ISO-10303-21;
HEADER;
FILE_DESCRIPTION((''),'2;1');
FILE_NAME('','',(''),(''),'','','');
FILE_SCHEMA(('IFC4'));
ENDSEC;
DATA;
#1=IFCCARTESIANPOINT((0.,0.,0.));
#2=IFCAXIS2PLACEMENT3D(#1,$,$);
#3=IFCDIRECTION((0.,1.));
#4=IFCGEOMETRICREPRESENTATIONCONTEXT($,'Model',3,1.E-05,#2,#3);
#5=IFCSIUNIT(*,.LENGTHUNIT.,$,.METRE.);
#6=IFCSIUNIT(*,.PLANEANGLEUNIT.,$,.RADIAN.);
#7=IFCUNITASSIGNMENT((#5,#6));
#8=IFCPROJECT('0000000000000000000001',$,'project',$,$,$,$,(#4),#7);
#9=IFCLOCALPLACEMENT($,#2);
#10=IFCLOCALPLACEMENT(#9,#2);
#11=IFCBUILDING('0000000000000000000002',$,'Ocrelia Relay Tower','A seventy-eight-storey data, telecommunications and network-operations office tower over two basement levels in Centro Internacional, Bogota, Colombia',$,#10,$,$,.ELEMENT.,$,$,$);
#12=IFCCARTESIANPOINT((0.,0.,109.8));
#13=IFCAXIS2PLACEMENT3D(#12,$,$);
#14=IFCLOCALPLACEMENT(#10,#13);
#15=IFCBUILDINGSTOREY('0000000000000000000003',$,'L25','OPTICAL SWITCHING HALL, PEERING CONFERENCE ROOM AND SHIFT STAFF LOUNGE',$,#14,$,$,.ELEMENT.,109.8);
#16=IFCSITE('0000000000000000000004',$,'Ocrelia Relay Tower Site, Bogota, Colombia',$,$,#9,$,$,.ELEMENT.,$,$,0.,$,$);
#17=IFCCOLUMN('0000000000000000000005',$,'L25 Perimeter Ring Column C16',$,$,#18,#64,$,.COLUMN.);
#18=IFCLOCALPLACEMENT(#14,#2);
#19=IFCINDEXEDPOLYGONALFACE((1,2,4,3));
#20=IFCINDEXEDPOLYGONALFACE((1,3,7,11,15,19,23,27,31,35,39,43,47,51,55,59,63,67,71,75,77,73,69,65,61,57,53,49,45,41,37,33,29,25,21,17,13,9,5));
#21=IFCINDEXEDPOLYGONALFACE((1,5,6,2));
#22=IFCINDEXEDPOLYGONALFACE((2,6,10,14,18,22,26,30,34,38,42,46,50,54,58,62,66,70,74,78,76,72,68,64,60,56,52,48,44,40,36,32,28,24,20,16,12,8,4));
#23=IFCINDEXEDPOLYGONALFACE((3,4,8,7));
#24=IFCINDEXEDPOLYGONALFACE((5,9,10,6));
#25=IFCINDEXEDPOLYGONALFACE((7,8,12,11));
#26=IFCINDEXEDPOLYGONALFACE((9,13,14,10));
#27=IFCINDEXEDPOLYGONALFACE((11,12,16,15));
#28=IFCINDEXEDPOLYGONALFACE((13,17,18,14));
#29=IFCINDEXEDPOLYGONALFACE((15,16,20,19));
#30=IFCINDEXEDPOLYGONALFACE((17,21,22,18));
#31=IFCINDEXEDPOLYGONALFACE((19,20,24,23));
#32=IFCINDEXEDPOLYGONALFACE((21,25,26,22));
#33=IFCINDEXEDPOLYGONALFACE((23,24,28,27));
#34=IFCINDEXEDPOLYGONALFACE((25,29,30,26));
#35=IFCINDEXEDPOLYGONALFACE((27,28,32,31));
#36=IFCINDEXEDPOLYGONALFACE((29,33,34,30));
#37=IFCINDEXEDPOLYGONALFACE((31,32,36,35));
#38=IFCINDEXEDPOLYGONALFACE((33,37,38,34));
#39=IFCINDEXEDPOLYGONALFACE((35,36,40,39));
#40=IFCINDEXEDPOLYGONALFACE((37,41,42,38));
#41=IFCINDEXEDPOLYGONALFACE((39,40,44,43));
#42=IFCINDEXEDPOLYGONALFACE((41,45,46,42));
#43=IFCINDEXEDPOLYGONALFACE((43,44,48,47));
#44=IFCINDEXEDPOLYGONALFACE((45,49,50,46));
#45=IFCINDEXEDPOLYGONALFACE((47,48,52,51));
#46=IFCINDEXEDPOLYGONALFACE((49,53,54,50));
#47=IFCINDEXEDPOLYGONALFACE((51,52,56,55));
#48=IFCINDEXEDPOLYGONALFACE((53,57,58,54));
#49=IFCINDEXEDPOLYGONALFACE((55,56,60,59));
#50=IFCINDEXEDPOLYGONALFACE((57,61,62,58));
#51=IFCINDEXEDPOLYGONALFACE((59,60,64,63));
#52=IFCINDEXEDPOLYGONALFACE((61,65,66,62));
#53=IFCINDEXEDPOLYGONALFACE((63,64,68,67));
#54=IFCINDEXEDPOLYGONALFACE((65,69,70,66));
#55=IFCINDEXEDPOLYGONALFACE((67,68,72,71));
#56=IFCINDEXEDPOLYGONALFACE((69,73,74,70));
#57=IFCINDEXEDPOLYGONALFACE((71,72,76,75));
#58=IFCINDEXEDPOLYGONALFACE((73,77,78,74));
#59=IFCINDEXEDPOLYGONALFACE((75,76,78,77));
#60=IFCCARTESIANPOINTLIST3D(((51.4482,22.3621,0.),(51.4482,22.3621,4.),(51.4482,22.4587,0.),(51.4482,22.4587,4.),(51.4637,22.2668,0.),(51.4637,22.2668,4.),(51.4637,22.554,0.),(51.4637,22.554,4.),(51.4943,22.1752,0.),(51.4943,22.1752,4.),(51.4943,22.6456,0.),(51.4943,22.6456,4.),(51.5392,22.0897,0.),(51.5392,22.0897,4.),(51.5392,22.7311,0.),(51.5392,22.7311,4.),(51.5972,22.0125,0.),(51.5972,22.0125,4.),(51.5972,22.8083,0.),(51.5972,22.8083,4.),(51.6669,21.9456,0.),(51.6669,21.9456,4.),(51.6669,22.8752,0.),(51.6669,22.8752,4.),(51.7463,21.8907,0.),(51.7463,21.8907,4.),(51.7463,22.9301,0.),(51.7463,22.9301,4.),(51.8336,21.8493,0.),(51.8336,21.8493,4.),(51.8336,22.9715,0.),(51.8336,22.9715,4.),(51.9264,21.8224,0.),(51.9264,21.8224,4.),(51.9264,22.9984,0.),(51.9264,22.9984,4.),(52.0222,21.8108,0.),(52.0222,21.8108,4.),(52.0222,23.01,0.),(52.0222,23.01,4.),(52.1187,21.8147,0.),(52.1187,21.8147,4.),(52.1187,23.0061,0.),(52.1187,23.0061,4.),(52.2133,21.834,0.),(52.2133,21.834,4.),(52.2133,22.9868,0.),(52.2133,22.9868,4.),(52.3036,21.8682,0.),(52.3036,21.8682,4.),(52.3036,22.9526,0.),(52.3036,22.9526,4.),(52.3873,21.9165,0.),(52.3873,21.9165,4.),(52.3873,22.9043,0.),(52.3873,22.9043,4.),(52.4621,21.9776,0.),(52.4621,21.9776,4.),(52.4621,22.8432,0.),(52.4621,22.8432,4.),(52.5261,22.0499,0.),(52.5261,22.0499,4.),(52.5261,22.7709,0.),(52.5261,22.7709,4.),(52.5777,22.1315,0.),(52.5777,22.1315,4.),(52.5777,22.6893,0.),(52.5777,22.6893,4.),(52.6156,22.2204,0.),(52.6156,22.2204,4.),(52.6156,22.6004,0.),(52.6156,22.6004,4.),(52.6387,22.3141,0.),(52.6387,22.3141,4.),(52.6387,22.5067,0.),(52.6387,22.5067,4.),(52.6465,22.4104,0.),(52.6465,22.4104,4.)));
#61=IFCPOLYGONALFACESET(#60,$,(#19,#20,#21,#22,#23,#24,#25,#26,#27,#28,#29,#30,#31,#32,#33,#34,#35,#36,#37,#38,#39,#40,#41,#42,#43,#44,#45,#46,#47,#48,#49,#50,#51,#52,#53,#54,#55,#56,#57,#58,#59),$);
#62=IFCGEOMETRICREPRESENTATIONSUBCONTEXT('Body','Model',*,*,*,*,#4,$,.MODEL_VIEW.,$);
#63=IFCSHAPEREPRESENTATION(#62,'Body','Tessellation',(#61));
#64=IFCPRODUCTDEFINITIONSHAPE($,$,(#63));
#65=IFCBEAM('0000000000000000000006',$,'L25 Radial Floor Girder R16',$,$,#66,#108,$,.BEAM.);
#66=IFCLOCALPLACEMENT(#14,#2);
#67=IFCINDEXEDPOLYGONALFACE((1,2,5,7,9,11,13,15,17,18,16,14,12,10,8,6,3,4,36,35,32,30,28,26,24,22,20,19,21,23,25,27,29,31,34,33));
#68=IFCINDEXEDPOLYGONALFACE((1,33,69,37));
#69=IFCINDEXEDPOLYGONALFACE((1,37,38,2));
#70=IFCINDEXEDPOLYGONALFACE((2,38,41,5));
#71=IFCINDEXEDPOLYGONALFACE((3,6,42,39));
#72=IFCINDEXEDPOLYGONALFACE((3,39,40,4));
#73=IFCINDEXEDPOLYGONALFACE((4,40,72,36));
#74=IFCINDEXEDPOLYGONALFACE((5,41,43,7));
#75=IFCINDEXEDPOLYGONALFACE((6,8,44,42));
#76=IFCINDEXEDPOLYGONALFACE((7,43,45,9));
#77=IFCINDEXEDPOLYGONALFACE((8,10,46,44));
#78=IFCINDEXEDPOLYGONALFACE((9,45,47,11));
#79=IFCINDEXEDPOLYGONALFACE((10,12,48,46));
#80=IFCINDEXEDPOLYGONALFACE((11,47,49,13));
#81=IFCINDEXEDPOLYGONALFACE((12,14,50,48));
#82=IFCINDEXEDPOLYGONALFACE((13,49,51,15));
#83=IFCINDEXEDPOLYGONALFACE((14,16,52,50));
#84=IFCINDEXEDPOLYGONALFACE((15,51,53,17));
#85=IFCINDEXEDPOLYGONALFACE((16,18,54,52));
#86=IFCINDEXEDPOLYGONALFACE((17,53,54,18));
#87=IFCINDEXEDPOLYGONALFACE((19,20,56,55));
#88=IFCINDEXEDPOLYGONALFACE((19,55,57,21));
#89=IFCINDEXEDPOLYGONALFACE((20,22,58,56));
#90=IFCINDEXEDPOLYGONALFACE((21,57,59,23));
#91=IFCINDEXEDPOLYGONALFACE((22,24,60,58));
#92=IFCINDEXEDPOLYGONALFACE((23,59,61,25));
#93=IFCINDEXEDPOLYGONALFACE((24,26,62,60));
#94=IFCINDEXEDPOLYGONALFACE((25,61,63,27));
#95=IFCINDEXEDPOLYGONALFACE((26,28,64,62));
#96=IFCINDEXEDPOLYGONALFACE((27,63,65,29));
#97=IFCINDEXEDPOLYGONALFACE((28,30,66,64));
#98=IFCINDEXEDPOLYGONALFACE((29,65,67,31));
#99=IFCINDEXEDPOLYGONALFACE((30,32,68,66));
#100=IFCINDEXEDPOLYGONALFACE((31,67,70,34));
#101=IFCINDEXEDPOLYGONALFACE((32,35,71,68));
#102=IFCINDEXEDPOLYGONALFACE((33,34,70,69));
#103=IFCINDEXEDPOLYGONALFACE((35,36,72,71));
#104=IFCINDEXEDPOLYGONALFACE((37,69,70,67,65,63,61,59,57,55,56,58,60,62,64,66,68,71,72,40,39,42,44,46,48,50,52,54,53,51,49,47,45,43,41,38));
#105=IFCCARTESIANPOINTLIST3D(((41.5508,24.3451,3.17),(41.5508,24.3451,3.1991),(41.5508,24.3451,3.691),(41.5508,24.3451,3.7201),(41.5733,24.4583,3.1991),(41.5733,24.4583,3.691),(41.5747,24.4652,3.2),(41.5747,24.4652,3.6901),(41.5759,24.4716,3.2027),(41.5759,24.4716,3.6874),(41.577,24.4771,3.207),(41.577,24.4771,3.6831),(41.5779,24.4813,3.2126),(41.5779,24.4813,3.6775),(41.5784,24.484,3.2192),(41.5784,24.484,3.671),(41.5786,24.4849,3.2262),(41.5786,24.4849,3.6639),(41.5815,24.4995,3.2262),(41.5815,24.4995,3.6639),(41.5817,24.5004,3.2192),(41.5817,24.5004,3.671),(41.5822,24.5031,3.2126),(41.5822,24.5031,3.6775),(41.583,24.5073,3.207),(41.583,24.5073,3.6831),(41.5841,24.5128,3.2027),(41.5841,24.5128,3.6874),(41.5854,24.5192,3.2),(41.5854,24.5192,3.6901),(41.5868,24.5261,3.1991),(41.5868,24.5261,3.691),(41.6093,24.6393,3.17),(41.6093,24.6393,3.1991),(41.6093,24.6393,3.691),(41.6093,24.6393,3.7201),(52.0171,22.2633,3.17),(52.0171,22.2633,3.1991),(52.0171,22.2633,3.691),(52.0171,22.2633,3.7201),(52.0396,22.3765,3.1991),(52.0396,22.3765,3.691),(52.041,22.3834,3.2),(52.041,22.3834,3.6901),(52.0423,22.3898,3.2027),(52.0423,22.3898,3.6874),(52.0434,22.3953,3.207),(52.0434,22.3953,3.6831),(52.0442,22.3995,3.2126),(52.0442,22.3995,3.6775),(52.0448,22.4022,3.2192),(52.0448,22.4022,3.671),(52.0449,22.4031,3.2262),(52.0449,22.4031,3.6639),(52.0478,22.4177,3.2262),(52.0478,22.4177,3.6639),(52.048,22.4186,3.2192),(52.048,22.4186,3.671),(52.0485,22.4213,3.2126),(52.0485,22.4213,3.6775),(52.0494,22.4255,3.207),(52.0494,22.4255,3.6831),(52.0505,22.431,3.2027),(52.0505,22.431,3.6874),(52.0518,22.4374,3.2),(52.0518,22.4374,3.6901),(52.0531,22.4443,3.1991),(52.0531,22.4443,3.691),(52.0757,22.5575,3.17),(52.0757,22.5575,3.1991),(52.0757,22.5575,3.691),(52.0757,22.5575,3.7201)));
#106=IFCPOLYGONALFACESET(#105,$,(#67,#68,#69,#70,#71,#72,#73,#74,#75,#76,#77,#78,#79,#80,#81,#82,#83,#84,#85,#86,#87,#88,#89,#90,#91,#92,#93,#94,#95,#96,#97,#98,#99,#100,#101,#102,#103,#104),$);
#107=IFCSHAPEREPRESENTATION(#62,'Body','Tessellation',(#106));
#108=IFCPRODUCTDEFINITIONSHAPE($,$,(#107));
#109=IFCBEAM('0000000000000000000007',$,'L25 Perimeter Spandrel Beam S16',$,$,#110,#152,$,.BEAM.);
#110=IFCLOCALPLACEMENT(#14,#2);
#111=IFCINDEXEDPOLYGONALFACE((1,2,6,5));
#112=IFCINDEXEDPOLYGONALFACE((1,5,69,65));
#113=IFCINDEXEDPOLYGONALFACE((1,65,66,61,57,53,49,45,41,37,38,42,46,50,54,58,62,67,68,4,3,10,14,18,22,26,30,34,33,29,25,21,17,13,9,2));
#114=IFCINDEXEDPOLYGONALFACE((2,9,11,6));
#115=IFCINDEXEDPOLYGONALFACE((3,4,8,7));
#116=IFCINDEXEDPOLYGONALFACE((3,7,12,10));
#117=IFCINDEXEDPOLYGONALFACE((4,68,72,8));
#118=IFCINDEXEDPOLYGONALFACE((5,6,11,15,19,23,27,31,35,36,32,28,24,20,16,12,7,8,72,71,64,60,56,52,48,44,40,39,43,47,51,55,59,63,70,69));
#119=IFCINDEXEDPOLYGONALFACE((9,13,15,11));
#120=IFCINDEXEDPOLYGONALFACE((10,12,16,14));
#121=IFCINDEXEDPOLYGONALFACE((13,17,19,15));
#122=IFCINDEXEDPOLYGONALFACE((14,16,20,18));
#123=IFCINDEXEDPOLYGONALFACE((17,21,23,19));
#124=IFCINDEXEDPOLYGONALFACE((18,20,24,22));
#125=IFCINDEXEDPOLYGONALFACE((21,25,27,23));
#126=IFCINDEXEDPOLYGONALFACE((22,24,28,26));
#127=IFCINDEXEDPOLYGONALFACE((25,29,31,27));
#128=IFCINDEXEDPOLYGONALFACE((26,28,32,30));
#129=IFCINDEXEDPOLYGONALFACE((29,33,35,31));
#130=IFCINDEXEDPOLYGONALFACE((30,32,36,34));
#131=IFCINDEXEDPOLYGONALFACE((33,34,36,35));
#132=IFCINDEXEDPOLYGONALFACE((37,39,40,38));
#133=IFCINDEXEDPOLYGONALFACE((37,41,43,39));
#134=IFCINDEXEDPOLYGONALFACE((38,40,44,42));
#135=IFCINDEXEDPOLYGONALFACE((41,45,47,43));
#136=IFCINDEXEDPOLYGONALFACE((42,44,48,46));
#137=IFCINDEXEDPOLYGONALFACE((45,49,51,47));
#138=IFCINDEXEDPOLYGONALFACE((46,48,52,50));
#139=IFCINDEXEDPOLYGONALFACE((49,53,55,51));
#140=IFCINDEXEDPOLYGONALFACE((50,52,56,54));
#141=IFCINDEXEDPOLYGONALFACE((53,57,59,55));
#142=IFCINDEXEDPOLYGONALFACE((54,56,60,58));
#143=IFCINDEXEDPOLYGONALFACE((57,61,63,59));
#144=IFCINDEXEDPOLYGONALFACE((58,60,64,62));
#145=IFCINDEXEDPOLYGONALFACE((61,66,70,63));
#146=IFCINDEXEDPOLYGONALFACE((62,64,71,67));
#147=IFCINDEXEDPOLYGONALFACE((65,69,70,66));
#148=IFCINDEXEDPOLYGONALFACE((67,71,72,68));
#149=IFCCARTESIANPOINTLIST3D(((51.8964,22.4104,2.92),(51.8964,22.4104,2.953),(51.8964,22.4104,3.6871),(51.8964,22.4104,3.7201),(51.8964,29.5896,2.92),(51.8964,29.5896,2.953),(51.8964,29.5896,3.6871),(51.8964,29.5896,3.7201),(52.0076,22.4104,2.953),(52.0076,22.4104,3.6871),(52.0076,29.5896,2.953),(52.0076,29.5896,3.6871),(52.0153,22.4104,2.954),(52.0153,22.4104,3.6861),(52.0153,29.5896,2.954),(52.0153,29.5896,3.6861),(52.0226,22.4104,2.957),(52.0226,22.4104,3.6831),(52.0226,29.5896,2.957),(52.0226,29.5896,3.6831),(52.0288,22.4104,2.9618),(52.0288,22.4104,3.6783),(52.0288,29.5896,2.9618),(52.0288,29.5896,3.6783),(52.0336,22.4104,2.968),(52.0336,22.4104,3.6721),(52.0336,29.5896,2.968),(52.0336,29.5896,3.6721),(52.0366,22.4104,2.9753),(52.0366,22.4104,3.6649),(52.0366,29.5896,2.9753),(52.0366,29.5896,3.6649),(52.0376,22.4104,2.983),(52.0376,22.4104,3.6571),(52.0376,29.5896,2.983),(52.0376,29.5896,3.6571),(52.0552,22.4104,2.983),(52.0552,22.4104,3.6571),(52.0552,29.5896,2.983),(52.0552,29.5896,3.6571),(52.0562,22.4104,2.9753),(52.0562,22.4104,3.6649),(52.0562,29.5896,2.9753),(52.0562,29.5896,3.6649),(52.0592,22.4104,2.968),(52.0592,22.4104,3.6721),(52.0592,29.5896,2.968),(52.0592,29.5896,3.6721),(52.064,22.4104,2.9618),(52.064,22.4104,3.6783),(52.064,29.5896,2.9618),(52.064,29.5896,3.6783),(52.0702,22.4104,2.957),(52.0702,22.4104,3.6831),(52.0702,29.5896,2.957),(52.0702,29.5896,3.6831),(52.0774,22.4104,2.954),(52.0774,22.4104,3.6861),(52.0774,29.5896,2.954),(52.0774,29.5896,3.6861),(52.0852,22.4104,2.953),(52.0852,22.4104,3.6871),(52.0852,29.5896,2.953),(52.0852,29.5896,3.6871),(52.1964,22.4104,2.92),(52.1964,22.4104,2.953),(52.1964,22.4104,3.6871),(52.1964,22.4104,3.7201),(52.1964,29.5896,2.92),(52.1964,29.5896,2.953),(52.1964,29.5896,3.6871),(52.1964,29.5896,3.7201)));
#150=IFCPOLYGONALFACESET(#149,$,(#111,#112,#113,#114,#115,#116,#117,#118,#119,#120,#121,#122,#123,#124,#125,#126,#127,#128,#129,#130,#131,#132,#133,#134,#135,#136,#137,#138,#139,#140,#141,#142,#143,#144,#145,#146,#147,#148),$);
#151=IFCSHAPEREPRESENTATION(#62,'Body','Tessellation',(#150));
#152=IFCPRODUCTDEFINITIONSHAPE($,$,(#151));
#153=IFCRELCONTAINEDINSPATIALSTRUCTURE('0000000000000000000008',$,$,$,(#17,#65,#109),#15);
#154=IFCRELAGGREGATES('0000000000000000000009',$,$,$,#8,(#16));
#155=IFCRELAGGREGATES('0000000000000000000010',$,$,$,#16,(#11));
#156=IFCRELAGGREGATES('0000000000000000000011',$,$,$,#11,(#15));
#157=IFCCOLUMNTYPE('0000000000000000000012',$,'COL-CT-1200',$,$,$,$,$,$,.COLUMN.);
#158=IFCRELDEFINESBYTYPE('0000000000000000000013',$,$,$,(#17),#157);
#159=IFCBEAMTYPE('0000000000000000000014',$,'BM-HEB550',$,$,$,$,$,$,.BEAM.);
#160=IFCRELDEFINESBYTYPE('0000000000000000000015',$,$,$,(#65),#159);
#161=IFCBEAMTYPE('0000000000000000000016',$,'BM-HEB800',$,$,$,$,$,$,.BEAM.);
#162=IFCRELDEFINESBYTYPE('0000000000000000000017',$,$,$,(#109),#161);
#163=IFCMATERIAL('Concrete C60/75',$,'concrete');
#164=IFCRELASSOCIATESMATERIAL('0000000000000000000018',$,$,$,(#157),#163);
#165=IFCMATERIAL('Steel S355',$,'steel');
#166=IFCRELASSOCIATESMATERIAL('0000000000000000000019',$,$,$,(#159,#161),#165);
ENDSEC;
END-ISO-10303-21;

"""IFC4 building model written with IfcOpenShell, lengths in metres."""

from ifc_helpers import new_model, si_unit, direction, frame, origin, origin_2d, place, context, subcontext, project, spatial, circle, i_section, extrude, material, material_profile, profile_set, type_object, element, save


model = new_model("IFC4")

# Units and contexts
model_context = context("Model", 3, precision=1e-05, world=origin(), true_north=direction((0.0, 1.0)))
body_context = subcontext(model_context, "Body", "Model", "MODEL_VIEW")
ifc_project = project(units=[si_unit("LENGTHUNIT", "METRE"), si_unit("PLANEANGLEUNIT", "RADIAN")], contexts=[model_context])

# Site, building, storey
site_placement = place(None, origin())
site = spatial("IfcSite", under=ifc_project, at=site_placement, Name="Ocrelia Relay Tower Site, Bogota, Colombia", CompositionType="ELEMENT", RefElevation=0.0)
building_placement = place(site_placement, origin())
building = spatial("IfcBuilding", under=site, at=building_placement, Name="Ocrelia Relay Tower", Description="A seventy-eight-storey data, telecommunications and network-operations office tower over two basement levels in Centro Internacional, Bogota, Colombia", CompositionType="ELEMENT")
storey_placement = place(building_placement, frame((0.0, 0.0, 109.8)))
storey = spatial("IfcBuildingStorey", under=building, at=storey_placement, Name="L25", Description="OPTICAL SWITCHING HALL, PEERING CONFERENCE ROOM AND SHIFT STAFF LOUNGE", CompositionType="ELEMENT", Elevation=109.8)

# Column
ifc_material_1 = material(Name="Concrete C60/75", Category="concrete")
ifc_material_profile_1 = material_profile(ifc_material_1, circle(Radius=0.6001, at=origin_2d()), Name="RC-CIR-1200")
ifc_profile_set_1 = profile_set([ifc_material_profile_1], Name="Concrete C60/75")
column_type = type_object("IfcColumnType", Name="COL-CT-1200", PredefinedType="COLUMN", material=ifc_profile_set_1)
column_placement = place(storey_placement, frame((52.0464, 22.4104, 0.0), z_axis=(0.0, 0.0, 1.0), x_axis=(1.0, 0.0, 0.0)))
element("IfcColumn", 1, at=column_placement, inside=storey, type_object=column_type, Name="L25 Perimeter Ring Column C16", PredefinedType="COLUMN", context=body_context, shape_type="SweptSolid", body=[
    extrude(circle(Radius=0.6001, at=origin_2d()), origin(), (0.0, 0.0, 1.0), 4.0),
])

# Beams
ifc_material_2 = material(Name="Steel S355", Category="steel")
ifc_material_profile_2 = material_profile(ifc_material_2, i_section(OverallWidth=0.3, OverallDepth=0.55, WebThickness=0.0149, FlangeThickness=0.0291, FilletRadius=0.0271, at=origin_2d()), Name="HEB 550")
ifc_profile_set_2 = profile_set([ifc_material_profile_2], Name="Steel S355")
beam_type_1 = type_object("IfcBeamType", Name="BM-HEB550", PredefinedType="BEAM", material=ifc_profile_set_2)
beam_1_placement = place(storey_placement, frame((52.0464, 22.4104, 3.4451), z_axis=(-0.980787, 0.195082, 0.0), x_axis=(-0.195082, -0.980787, 0.0)))
element("IfcBeam", 2, at=beam_1_placement, inside=storey, type_object=beam_type_1, Name="L25 Radial Floor Girder R16", PredefinedType="BEAM", context=body_context, shape_type="SweptSolid", body=[
    extrude(i_section(OverallWidth=0.3, OverallDepth=0.55, WebThickness=0.0149, FlangeThickness=0.0291, FilletRadius=0.0271, at=origin_2d()), origin(), (0.0, 0.0, 1.0), 10.6714),
])
ifc_material_profile_3 = material_profile(ifc_material_2, i_section(OverallWidth=0.3, OverallDepth=0.8, WebThickness=0.0176, FlangeThickness=0.033, FilletRadius=0.03, at=origin_2d()), Name="HEB 800")
ifc_profile_set_3 = profile_set([ifc_material_profile_3], Name="Steel S355")
beam_type_2 = type_object("IfcBeamType", Name="BM-HEB800", PredefinedType="BEAM", material=ifc_profile_set_3)
beam_2_placement = place(storey_placement, frame((52.0464, 22.4104, 3.3201), z_axis=(0.0, 1.0, 0.0), x_axis=(-1.0, 0.0, 0.0)))
element("IfcBeam", 3, at=beam_2_placement, inside=storey, type_object=beam_type_2, Name="L25 Perimeter Spandrel Beam S16", PredefinedType="BEAM", context=body_context, shape_type="SweptSolid", body=[
    extrude(i_section(OverallWidth=0.3, OverallDepth=0.8, WebThickness=0.0176, FlangeThickness=0.033, FilletRadius=0.03, at=origin_2d()), origin(), (0.0, 0.0, 1.0), 7.1792),
])

save(model, "model.ifc")
